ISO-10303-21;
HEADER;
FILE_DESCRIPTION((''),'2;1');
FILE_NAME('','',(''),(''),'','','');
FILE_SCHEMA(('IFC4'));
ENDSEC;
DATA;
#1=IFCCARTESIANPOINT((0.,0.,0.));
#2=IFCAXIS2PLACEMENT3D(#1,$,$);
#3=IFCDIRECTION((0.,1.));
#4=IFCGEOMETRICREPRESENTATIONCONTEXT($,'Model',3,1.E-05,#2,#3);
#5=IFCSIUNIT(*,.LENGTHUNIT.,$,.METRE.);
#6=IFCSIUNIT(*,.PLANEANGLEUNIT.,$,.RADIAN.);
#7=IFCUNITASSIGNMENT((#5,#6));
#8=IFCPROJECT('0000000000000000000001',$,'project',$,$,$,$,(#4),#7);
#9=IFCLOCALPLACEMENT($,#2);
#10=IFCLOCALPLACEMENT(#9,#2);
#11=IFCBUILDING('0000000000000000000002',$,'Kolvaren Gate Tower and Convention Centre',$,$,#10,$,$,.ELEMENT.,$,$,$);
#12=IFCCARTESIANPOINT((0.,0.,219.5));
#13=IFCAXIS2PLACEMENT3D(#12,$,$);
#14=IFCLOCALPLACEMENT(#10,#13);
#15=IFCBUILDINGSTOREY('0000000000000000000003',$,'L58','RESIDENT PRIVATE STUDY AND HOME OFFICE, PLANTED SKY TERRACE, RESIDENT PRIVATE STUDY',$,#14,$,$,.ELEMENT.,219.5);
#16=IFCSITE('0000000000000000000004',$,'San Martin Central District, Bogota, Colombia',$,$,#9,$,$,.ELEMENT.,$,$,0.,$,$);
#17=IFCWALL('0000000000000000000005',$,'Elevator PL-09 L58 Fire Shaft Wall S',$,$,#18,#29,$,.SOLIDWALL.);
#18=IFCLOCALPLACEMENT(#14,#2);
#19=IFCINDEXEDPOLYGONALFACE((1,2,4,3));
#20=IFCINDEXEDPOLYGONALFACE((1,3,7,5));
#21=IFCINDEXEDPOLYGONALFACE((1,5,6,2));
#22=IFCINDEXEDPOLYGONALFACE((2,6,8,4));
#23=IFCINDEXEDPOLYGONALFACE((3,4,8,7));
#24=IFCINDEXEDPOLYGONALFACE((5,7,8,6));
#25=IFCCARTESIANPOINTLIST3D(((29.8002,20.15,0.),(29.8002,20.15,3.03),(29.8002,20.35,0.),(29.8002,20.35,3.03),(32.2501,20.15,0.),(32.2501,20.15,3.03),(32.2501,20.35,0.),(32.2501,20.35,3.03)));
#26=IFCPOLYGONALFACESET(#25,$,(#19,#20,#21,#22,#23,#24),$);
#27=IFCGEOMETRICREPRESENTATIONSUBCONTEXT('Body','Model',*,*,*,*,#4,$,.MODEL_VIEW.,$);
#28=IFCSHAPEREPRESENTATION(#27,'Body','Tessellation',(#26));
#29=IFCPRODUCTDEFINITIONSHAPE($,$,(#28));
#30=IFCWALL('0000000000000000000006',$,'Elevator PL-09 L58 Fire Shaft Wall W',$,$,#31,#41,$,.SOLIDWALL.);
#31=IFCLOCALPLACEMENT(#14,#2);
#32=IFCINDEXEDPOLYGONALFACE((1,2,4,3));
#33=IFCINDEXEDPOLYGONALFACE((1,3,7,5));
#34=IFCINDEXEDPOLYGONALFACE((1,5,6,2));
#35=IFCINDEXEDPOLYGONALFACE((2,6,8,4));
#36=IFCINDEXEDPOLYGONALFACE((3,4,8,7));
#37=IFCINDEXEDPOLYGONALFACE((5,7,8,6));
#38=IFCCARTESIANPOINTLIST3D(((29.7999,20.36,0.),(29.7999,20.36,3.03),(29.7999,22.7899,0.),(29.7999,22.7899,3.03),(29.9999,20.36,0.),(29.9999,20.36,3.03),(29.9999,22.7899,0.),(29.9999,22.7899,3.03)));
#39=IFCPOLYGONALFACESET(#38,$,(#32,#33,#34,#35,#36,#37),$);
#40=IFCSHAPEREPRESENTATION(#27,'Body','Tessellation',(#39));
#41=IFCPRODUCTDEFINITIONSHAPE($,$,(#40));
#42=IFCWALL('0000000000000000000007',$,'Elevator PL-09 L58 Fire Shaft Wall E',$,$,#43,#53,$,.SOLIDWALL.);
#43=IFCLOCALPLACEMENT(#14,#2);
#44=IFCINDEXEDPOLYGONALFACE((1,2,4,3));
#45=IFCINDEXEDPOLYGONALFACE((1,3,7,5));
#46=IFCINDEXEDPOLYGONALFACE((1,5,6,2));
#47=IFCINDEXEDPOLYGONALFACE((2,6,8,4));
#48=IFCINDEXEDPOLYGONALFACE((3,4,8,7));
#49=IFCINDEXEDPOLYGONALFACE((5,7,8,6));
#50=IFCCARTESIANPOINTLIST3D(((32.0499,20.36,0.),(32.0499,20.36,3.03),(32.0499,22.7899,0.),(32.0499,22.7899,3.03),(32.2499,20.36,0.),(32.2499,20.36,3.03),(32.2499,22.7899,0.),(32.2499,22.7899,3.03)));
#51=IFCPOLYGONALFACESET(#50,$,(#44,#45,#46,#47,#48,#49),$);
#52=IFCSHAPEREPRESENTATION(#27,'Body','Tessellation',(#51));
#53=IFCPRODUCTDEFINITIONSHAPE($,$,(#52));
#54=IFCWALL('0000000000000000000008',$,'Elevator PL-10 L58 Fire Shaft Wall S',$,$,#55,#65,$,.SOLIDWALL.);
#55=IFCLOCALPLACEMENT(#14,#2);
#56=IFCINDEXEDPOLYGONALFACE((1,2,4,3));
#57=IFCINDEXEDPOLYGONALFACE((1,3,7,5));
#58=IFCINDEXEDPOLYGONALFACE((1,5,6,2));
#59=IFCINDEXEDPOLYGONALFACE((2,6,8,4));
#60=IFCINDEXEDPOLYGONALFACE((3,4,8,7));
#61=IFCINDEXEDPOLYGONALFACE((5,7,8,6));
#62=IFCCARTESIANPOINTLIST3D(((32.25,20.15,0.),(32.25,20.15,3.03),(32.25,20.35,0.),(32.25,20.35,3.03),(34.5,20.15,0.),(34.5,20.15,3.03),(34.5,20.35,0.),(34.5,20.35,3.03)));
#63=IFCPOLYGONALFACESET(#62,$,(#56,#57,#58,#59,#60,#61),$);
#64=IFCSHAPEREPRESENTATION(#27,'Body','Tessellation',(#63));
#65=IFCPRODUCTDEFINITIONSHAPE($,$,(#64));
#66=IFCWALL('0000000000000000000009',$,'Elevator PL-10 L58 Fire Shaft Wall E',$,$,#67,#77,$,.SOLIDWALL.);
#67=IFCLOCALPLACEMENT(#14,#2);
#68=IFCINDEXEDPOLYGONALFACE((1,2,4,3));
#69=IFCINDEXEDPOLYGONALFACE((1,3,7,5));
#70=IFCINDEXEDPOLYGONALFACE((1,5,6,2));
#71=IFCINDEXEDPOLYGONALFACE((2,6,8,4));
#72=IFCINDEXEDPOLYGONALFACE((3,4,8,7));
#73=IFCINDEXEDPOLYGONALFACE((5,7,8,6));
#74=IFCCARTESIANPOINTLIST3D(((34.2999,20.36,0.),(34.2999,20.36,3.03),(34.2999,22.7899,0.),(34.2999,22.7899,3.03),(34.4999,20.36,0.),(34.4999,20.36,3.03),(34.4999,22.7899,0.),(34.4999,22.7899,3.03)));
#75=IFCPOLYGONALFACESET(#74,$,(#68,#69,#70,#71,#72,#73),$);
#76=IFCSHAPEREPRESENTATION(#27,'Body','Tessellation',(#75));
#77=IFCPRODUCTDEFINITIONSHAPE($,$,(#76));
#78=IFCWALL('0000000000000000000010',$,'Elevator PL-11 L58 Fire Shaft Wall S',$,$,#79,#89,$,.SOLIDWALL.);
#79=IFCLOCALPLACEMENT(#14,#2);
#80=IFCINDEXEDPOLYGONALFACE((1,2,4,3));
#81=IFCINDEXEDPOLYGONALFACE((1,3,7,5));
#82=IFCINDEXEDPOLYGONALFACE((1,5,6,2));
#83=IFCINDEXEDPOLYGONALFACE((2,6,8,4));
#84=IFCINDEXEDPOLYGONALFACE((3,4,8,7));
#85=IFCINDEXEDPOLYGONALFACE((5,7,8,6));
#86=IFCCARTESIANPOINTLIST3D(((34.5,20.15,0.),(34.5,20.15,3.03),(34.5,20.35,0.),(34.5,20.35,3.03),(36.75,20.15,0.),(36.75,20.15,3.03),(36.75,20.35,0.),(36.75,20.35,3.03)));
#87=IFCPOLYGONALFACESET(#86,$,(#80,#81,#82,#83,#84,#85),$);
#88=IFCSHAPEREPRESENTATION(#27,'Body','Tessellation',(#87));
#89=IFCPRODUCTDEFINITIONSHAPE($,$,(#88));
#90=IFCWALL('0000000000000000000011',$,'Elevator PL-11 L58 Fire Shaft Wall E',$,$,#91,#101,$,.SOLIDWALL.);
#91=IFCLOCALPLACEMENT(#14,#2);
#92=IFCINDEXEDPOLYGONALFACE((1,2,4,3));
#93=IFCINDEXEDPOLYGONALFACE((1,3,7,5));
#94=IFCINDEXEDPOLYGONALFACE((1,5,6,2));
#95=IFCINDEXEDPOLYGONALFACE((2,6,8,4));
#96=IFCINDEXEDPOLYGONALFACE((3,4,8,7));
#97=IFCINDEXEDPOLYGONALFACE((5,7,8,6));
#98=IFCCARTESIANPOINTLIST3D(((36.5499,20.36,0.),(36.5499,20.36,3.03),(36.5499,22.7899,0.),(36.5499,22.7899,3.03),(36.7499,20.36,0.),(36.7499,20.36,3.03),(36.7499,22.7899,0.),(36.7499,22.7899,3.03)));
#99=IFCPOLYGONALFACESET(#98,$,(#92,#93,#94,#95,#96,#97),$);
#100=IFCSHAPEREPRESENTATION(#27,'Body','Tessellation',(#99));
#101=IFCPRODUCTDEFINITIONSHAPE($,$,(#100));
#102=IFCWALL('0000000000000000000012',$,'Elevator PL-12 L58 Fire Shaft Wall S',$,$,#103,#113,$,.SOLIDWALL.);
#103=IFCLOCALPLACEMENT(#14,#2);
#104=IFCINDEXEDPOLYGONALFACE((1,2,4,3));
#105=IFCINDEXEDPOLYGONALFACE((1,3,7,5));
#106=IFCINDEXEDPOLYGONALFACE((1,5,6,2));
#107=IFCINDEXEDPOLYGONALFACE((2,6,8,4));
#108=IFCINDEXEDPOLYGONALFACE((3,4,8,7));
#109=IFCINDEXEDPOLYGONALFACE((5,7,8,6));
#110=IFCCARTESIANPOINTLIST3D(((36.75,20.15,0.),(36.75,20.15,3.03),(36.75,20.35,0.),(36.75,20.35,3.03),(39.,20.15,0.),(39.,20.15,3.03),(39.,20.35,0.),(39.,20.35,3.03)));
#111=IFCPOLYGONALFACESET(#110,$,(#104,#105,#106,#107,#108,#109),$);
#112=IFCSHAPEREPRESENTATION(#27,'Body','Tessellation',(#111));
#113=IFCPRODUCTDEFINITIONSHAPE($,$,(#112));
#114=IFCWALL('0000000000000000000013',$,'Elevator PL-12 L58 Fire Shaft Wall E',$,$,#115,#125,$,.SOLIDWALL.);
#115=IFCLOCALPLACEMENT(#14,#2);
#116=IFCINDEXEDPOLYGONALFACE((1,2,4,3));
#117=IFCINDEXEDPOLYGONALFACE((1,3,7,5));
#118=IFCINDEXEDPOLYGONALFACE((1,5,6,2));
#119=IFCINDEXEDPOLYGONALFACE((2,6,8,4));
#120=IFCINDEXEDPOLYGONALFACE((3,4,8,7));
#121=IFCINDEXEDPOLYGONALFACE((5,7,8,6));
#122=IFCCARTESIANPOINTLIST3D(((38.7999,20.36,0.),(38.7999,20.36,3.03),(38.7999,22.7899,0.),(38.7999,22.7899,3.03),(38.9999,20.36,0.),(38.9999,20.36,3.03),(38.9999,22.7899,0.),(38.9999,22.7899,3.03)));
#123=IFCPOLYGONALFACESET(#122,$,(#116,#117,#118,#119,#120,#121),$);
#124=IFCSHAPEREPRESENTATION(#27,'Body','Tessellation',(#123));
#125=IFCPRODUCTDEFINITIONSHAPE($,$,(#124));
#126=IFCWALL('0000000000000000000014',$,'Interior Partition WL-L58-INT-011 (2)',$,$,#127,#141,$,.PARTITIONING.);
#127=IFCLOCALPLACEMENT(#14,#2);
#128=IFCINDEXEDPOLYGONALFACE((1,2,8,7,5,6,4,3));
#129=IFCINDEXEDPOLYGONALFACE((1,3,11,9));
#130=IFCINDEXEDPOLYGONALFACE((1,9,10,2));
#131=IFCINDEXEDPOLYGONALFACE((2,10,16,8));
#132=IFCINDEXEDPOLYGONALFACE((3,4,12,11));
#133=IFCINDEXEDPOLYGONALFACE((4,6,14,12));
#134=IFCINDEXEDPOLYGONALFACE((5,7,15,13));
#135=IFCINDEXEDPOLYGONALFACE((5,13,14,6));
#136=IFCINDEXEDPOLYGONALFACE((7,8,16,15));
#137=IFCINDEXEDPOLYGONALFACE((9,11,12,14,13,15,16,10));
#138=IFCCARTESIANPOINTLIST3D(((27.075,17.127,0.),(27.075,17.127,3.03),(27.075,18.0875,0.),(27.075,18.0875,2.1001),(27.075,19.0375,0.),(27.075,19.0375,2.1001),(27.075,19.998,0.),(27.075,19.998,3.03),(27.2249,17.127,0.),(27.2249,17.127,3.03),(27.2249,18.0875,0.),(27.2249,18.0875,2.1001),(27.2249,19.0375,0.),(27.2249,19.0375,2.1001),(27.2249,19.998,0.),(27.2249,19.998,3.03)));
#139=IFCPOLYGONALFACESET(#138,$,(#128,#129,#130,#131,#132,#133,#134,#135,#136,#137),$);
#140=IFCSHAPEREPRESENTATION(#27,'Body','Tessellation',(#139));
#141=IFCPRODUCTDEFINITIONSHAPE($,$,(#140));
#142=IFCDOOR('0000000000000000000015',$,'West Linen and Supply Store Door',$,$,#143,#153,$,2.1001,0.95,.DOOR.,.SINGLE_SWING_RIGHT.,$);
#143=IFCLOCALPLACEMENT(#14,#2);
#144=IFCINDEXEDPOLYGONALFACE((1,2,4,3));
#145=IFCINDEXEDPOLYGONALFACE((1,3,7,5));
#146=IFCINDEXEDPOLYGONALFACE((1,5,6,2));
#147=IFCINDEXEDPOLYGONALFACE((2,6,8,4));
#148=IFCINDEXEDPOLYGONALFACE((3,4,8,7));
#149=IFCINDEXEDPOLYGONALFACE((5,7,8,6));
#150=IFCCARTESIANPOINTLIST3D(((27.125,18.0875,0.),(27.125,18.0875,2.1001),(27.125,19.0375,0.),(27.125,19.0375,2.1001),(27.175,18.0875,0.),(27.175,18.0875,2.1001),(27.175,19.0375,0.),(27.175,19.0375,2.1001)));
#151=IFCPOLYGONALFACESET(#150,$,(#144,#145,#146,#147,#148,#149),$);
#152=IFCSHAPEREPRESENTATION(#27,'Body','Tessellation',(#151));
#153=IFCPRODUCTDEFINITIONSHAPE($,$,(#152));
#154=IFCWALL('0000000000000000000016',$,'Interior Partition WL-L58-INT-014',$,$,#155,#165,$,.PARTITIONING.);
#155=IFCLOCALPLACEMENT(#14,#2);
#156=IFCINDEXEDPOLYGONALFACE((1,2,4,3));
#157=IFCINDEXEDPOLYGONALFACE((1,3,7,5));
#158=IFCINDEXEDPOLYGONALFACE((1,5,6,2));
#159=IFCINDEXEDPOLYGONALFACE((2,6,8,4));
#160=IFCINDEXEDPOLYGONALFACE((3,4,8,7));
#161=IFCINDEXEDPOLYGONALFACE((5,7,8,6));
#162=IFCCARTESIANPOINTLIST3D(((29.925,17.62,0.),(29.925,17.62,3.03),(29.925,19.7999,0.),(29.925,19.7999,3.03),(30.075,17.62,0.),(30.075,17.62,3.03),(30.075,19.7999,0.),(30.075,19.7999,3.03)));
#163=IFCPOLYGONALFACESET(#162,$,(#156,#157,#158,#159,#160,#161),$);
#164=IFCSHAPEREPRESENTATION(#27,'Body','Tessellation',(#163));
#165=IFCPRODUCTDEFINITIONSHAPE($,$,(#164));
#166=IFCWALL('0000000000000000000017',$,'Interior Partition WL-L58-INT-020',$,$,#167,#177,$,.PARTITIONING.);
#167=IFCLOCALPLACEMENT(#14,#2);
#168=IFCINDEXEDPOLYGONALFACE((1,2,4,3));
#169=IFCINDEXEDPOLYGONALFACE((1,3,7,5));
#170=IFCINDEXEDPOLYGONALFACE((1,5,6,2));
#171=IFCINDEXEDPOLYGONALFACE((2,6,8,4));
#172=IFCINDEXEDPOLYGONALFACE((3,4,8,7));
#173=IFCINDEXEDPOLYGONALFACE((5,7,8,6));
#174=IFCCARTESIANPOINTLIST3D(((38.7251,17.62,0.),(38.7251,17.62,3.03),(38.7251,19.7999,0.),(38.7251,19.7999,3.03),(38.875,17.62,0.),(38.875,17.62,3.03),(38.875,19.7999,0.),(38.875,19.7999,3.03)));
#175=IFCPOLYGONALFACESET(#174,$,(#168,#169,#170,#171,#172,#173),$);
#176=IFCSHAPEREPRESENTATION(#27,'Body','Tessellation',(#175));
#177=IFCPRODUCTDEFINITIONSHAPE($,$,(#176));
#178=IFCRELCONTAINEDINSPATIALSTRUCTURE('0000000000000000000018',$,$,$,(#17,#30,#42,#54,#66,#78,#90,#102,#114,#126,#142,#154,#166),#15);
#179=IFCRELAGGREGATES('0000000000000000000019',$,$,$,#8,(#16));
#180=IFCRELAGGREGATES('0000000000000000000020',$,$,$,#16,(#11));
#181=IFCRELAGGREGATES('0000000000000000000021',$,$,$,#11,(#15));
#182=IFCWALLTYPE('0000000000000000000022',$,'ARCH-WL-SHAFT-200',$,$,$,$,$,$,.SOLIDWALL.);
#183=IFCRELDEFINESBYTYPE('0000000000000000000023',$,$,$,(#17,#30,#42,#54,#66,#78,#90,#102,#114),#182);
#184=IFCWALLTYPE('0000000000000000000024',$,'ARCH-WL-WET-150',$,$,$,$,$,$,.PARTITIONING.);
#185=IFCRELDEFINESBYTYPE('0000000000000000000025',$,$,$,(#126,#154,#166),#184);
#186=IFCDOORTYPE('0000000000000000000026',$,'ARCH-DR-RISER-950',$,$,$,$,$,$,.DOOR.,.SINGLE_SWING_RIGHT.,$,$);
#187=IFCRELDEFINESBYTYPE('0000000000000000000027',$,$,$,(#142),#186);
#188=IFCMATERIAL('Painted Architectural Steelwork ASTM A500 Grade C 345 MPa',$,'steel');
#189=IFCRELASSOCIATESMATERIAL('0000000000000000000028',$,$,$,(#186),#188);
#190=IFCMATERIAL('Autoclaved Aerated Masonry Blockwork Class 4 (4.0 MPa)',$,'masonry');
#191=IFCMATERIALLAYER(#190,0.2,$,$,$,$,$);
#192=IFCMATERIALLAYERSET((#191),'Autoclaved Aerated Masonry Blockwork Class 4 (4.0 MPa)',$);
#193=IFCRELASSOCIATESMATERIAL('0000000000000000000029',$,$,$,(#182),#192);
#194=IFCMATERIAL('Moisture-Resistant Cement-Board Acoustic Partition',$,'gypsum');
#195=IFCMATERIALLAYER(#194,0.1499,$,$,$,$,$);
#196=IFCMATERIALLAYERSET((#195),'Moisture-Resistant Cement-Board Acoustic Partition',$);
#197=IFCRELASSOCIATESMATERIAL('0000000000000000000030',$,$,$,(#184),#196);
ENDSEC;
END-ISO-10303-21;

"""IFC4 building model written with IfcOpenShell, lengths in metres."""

from ifc_helpers import new_model, si_unit, direction, frame, frame_2d, origin, place, context, subcontext, project, spatial, rectangle, extrude, material, layer, layer_set, type_object, element, fill, save


model = new_model("IFC4")

# Units and contexts
model_context = context("Model", 3, precision=1e-05, world=origin(), true_north=direction((0.0, 1.0)))
body_context = subcontext(model_context, "Body", "Model", "MODEL_VIEW")
ifc_project = project(units=[si_unit("LENGTHUNIT", "METRE"), si_unit("PLANEANGLEUNIT", "RADIAN")], contexts=[model_context])

# Site, building, storey
site_placement = place(None, origin())
site = spatial("IfcSite", under=ifc_project, at=site_placement, Name="San Martin Central District, Bogota, Colombia", CompositionType="ELEMENT", RefElevation=0.0)
building_placement = place(site_placement, origin())
building = spatial("IfcBuilding", under=site, at=building_placement, Name="Kolvaren Gate Tower and Convention Centre", CompositionType="ELEMENT")
storey_placement = place(building_placement, frame((0.0, 0.0, 219.5)))
storey = spatial("IfcBuildingStorey", under=building, at=storey_placement, Name="L58", Description="RESIDENT PRIVATE STUDY AND HOME OFFICE, PLANTED SKY TERRACE, RESIDENT PRIVATE STUDY", CompositionType="ELEMENT", Elevation=219.5)

# Shared definitions
ifc_material_1 = material(Name="Autoclaved Aerated Masonry Blockwork Class 4 (4.0 MPa)", Category="masonry")
ifc_material_2 = material(Name="Painted Architectural Steelwork ASTM A500 Grade C 345 MPa", Category="steel")
door_type_1 = type_object("IfcDoorType", Name="ARCH-DR-RISER-950", OperationType="SINGLE_SWING_RIGHT", PredefinedType="DOOR", material=ifc_material_2)

# Walls
ifc_layer_1 = layer(ifc_material_1, 0.2)
ifc_layer_set_1 = layer_set([ifc_layer_1], Name="Autoclaved Aerated Masonry Blockwork Class 4 (4.0 MPa)")
wall_type_1 = type_object("IfcWallType", Name="ARCH-WL-SHAFT-200", PredefinedType="SOLIDWALL", material=ifc_layer_set_1)
wall_1_placement = place(storey_placement, frame((29.8, 20.25, 0.0), z_axis=(0.0, 0.0, 1.0), x_axis=(1.0, 0.0, 0.0)))
element("IfcWall", 1, at=wall_1_placement, inside=storey, type_object=wall_type_1, Name="Elevator PL-09 L58 Fire Shaft Wall S", PredefinedType="SOLIDWALL", context=body_context, shape_type="SweptSolid", body=[
    extrude(rectangle(XDim=2.45, YDim=0.2, at=frame_2d((1.2251, 0.0))), origin(), (0.0, 0.0, 1.0), 3.03),
])
for number, where, z_axis, x_axis, name in (
    (2, (29.8999, 20.3601, 0.0), (0.0, 0.0, 1.0), (0.0, 1.0, 0.0), "Elevator PL-09 L58 Fire Shaft Wall W"),
    (3, (32.1499, 20.3601, 0.0), (0.0, 0.0, 1.0), (0.0, 1.0, 0.0), "Elevator PL-09 L58 Fire Shaft Wall E"),
):
    element("IfcWall", number, at=place(storey_placement, frame(where, z_axis=z_axis, x_axis=x_axis)), inside=storey, type_object=wall_type_1, Name=name, PredefinedType="SOLIDWALL", context=body_context, shape_type="SweptSolid", body=[
        extrude(rectangle(XDim=2.4299, YDim=0.2, at=frame_2d((1.2148, 0.0))), origin(), (0.0, 0.0, 1.0), 3.03),
    ])
wall_2_placement = place(storey_placement, frame((32.25, 20.25, 0.0), z_axis=(0.0, 0.0, 1.0), x_axis=(1.0, 0.0, 0.0)))
element("IfcWall", 4, at=wall_2_placement, inside=storey, type_object=wall_type_1, Name="Elevator PL-10 L58 Fire Shaft Wall S", PredefinedType="SOLIDWALL", context=body_context, shape_type="SweptSolid", body=[
    extrude(rectangle(XDim=2.25, YDim=0.2, at=frame_2d((1.125, 0.0))), origin(), (0.0, 0.0, 1.0), 3.03),
])
wall_3_placement = place(storey_placement, frame((34.3999, 20.3601, 0.0), z_axis=(0.0, 0.0, 1.0), x_axis=(0.0, 1.0, 0.0)))
element("IfcWall", 5, at=wall_3_placement, inside=storey, type_object=wall_type_1, Name="Elevator PL-10 L58 Fire Shaft Wall E", PredefinedType="SOLIDWALL", context=body_context, shape_type="SweptSolid", body=[
    extrude(rectangle(XDim=2.4299, YDim=0.2, at=frame_2d((1.2148, 0.0))), origin(), (0.0, 0.0, 1.0), 3.03),
])
wall_4_placement = place(storey_placement, frame((34.5, 20.25, 0.0), z_axis=(0.0, 0.0, 1.0), x_axis=(1.0, 0.0, 0.0)))
element("IfcWall", 6, at=wall_4_placement, inside=storey, type_object=wall_type_1, Name="Elevator PL-11 L58 Fire Shaft Wall S", PredefinedType="SOLIDWALL", context=body_context, shape_type="SweptSolid", body=[
    extrude(rectangle(XDim=2.25, YDim=0.2, at=frame_2d((1.125, 0.0))), origin(), (0.0, 0.0, 1.0), 3.03),
])
wall_5_placement = place(storey_placement, frame((36.6499, 20.3601, 0.0), z_axis=(0.0, 0.0, 1.0), x_axis=(0.0, 1.0, 0.0)))
element("IfcWall", 7, at=wall_5_placement, inside=storey, type_object=wall_type_1, Name="Elevator PL-11 L58 Fire Shaft Wall E", PredefinedType="SOLIDWALL", context=body_context, shape_type="SweptSolid", body=[
    extrude(rectangle(XDim=2.4299, YDim=0.2, at=frame_2d((1.2148, 0.0))), origin(), (0.0, 0.0, 1.0), 3.03),
])
wall_6_placement = place(storey_placement, frame((36.75, 20.25, 0.0), z_axis=(0.0, 0.0, 1.0), x_axis=(1.0, 0.0, 0.0)))
element("IfcWall", 8, at=wall_6_placement, inside=storey, type_object=wall_type_1, Name="Elevator PL-12 L58 Fire Shaft Wall S", PredefinedType="SOLIDWALL", context=body_context, shape_type="SweptSolid", body=[
    extrude(rectangle(XDim=2.25, YDim=0.2, at=frame_2d((1.125, 0.0))), origin(), (0.0, 0.0, 1.0), 3.03),
])
wall_7_placement = place(storey_placement, frame((38.8999, 20.3601, 0.0), z_axis=(0.0, 0.0, 1.0), x_axis=(0.0, 1.0, 0.0)))
element("IfcWall", 9, at=wall_7_placement, inside=storey, type_object=wall_type_1, Name="Elevator PL-12 L58 Fire Shaft Wall E", PredefinedType="SOLIDWALL", context=body_context, shape_type="SweptSolid", body=[
    extrude(rectangle(XDim=2.4299, YDim=0.2, at=frame_2d((1.2148, 0.0))), origin(), (0.0, 0.0, 1.0), 3.03),
])

# Wall, opening, door
ifc_material_3 = material(Name="Moisture-Resistant Cement-Board Acoustic Partition", Category="gypsum")
ifc_layer_2 = layer(ifc_material_3, 0.1499)
ifc_layer_set_2 = layer_set([ifc_layer_2], Name="Moisture-Resistant Cement-Board Acoustic Partition")
wall_type_2 = type_object("IfcWallType", Name="ARCH-WL-WET-150", PredefinedType="PARTITIONING", material=ifc_layer_set_2)
wall_8_placement = place(storey_placement, frame((27.1499, 17.127, 0.0), z_axis=(0.0, 0.0, 1.0), x_axis=(0.0, 1.0, 0.0)))
wall_8 = element("IfcWall", 10, at=wall_8_placement, inside=storey, type_object=wall_type_2, Name="Interior Partition WL-L58-INT-011 (2)", PredefinedType="PARTITIONING", context=body_context, shape_type="SweptSolid", body=[
    extrude(rectangle(XDim=2.8711, YDim=0.1499, at=frame_2d((1.4355, 0.0))), origin(), (0.0, 0.0, 1.0), 3.03),
])
opening_1_placement = place(wall_8_placement, frame((0.9604, 0.0, 0.0)))
opening_1 = element("IfcOpeningElement", 11, at=opening_1_placement, cuts=wall_8, PredefinedType="OPENING", context=body_context, shape_type="SweptSolid", body=[
    extrude(rectangle(XDim=0.95, YDim=2.1001, at=frame_2d((0.4751, 1.05))), frame((0.0, 0.085, 0.0), z_axis=(0.0, -1.0, 0.0), x_axis=(1.0, 0.0, 0.0)), (0.0, 0.0, 1.0), 0.1699),
])
door_1_placement = place(opening_1_placement, origin())
door_1 = element("IfcDoor", 12, at=door_1_placement, inside=storey, type_object=door_type_1, Name="West Linen and Supply Store Door", OperationType="SINGLE_SWING_RIGHT", OverallHeight=2.1001, OverallWidth=0.95, PredefinedType="DOOR", context=body_context, shape_type="SweptSolid", body=[
    extrude(rectangle(XDim=0.95, YDim=2.1001, at=frame_2d((0.4751, 1.05))), frame((0.0, 0.0249, 0.0), z_axis=(0.0, -1.0, 0.0), x_axis=(1.0, 0.0, 0.0)), (0.0, 0.0, 1.0), 0.05),
])
fill(opening_1, door_1)

# Walls
for number, where, z_axis, x_axis, name in (
    (13, (30.0, 17.6201, 0.0), (0.0, 0.0, 1.0), (0.0, 1.0, 0.0), "Interior Partition WL-L58-INT-014"),
    (14, (38.8, 17.6201, 0.0), (0.0, 0.0, 1.0), (0.0, 1.0, 0.0), "Interior Partition WL-L58-INT-020"),
):
    element("IfcWall", number, at=place(storey_placement, frame(where, z_axis=z_axis, x_axis=x_axis)), inside=storey, type_object=wall_type_2, Name=name, PredefinedType="PARTITIONING", context=body_context, shape_type="SweptSolid", body=[
        extrude(rectangle(XDim=2.1799, YDim=0.1499, at=frame_2d((1.0898, 0.0))), origin(), (0.0, 0.0, 1.0), 3.03),
    ])

save(model, "model.ifc")
